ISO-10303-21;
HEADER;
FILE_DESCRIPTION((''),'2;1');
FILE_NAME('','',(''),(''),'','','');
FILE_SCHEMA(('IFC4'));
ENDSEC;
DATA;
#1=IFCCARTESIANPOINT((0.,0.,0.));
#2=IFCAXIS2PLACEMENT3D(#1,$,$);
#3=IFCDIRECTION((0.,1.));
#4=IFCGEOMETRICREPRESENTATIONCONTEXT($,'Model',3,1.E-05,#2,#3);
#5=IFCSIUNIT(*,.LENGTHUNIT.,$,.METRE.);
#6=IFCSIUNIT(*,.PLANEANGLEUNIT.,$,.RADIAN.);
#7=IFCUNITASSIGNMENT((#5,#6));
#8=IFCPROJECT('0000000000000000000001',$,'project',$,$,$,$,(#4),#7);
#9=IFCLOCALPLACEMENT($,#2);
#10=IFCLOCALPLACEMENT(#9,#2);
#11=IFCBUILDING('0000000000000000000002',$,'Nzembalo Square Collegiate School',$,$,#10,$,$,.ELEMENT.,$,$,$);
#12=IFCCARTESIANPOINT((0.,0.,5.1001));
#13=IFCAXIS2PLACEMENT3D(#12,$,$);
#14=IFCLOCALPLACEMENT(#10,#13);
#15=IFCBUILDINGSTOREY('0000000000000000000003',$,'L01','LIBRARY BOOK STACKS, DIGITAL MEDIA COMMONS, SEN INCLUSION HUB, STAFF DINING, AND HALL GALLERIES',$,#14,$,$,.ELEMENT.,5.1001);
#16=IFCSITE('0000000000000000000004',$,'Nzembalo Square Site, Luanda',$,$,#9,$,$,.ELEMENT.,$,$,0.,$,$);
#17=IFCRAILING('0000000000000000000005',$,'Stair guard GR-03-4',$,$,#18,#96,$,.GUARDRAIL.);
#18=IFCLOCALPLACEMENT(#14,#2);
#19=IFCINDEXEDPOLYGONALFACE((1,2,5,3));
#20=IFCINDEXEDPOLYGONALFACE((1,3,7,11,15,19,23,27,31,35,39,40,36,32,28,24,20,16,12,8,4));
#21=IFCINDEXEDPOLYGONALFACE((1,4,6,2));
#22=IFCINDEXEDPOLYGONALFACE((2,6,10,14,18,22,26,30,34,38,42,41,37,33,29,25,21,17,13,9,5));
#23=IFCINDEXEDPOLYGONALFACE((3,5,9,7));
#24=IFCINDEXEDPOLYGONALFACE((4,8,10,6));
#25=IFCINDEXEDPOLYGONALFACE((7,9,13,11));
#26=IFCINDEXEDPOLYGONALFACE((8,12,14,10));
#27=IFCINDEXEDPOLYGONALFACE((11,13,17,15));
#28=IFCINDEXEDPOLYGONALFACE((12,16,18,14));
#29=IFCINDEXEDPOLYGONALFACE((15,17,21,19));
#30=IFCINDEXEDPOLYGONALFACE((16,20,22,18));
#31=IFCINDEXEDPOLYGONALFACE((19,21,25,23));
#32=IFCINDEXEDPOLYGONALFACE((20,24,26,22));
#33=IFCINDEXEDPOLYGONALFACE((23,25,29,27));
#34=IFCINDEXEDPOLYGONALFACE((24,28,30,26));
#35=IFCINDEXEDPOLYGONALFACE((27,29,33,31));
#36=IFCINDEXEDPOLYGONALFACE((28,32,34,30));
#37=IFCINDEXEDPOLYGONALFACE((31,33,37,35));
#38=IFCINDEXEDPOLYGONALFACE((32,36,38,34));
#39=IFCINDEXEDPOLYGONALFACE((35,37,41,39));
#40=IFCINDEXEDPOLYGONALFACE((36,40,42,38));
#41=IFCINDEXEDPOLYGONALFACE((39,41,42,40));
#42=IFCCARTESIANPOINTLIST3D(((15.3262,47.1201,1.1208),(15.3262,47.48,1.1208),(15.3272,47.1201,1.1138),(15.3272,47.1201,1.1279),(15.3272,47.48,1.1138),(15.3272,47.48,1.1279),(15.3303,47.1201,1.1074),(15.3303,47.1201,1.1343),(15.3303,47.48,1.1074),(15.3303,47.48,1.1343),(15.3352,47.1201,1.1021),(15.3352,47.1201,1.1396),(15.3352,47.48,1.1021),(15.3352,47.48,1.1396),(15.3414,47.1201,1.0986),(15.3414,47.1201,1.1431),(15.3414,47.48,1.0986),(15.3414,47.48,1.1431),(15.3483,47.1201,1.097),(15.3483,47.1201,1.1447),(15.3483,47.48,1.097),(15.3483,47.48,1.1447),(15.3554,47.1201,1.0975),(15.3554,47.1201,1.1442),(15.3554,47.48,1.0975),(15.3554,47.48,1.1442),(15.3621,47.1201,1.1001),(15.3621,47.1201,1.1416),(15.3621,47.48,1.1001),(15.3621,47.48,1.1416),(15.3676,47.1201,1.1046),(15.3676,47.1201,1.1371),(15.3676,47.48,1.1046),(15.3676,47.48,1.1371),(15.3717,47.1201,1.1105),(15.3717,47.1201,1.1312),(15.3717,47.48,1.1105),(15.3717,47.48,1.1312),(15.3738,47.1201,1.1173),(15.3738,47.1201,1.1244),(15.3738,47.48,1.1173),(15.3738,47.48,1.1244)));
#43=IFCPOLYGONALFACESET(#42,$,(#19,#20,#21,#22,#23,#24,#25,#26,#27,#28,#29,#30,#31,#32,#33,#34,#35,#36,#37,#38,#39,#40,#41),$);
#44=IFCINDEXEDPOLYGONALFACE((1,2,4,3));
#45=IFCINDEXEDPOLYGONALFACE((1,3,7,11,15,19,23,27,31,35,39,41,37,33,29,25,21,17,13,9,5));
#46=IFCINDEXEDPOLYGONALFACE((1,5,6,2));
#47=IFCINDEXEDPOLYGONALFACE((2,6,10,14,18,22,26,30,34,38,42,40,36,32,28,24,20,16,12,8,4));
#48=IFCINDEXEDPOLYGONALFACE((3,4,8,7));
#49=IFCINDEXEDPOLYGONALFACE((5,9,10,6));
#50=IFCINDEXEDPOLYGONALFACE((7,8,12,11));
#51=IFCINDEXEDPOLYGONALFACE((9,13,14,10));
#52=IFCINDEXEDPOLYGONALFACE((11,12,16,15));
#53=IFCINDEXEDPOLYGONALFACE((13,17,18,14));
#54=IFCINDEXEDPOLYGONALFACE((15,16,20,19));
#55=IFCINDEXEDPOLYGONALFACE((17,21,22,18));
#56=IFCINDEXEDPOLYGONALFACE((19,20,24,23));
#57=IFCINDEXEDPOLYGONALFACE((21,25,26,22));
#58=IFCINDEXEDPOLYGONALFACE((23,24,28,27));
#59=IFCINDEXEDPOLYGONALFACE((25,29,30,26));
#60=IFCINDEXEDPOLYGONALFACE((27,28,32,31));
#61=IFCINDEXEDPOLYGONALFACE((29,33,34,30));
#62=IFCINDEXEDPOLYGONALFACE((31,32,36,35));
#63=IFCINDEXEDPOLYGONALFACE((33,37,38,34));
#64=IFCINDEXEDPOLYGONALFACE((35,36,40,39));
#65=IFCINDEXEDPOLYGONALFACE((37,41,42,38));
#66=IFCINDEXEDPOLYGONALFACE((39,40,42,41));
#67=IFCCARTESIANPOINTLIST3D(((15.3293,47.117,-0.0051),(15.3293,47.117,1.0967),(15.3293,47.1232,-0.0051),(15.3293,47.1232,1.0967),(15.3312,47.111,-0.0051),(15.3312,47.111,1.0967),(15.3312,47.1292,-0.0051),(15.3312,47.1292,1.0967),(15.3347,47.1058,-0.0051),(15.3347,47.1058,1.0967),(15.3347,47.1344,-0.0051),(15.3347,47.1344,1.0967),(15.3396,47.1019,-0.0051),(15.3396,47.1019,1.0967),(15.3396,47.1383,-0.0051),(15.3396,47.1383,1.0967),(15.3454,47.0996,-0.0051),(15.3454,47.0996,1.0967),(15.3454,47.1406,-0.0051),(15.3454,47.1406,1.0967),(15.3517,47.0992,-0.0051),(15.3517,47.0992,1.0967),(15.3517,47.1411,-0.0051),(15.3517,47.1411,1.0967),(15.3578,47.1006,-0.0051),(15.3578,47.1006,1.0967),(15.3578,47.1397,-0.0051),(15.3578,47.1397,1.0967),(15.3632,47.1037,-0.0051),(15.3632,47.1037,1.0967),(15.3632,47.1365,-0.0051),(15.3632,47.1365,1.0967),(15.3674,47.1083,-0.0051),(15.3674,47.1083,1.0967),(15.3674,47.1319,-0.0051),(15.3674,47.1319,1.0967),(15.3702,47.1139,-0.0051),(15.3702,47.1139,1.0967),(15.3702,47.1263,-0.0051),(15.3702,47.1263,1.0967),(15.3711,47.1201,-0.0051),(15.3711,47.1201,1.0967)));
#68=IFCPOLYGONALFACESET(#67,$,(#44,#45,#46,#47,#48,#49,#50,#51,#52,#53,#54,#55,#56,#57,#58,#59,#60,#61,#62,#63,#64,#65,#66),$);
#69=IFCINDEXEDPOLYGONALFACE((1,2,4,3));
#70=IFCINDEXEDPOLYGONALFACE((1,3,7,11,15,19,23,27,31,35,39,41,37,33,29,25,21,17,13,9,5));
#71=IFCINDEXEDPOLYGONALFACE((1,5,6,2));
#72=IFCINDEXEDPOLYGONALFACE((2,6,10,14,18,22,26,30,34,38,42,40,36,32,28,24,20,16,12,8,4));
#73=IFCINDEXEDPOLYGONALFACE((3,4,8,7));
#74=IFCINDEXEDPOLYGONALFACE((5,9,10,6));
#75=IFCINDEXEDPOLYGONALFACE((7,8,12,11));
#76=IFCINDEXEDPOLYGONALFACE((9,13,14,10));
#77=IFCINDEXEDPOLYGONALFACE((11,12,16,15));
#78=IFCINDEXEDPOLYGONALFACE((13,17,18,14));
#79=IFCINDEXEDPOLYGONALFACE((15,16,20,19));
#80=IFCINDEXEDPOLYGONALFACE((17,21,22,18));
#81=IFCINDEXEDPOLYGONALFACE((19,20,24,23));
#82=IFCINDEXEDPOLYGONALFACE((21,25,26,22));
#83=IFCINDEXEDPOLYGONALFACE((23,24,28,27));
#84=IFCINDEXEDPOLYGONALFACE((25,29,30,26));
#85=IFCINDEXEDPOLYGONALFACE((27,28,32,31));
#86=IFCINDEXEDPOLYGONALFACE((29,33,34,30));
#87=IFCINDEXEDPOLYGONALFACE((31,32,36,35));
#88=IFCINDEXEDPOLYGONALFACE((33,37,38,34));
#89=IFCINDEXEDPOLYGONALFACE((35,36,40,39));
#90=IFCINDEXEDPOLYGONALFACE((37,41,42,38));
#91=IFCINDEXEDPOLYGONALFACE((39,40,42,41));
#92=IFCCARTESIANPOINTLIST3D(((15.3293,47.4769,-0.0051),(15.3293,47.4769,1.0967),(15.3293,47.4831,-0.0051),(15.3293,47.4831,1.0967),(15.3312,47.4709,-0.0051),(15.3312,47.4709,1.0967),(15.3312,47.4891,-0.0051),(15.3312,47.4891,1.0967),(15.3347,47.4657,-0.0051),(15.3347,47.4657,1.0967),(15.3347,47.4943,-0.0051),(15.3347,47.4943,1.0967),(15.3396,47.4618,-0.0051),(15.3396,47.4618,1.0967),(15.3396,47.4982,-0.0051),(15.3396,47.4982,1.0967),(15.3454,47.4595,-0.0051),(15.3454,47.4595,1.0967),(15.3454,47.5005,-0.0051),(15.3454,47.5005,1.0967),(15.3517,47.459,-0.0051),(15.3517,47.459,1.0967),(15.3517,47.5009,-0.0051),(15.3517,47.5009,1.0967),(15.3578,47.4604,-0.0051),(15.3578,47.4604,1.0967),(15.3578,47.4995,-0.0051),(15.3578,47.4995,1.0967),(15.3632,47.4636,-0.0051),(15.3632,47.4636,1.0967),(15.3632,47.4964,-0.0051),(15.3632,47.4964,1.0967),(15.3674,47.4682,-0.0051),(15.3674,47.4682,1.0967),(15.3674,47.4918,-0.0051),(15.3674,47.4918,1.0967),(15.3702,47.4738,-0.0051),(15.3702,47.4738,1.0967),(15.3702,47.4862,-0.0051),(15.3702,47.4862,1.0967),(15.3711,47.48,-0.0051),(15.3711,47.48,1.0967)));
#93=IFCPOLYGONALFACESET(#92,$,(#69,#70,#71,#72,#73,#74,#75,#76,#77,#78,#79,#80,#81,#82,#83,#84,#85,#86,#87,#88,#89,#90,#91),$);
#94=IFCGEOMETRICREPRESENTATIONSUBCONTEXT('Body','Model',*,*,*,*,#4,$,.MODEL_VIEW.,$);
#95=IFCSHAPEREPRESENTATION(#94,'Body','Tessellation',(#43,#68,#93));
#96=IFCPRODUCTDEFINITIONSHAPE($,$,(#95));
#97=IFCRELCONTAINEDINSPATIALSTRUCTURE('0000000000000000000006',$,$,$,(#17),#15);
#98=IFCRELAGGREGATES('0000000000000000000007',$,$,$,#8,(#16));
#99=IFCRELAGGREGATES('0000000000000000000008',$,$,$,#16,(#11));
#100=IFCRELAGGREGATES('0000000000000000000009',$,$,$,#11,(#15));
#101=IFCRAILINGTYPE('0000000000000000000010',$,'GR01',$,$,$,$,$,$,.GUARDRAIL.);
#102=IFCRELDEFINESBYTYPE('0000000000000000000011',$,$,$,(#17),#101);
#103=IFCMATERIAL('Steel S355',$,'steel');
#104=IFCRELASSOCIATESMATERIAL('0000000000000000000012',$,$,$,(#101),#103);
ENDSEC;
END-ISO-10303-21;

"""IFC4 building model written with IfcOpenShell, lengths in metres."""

from ifc_helpers import new_model, si_unit, direction, frame, origin, origin_2d, place, context, subcontext, project, spatial, circle, extrude, material, type_object, element, save


model = new_model("IFC4")

# Units and contexts
model_context = context("Model", 3, precision=1e-05, world=origin(), true_north=direction((0.0, 1.0)))
body_context = subcontext(model_context, "Body", "Model", "MODEL_VIEW")
ifc_project = project(units=[si_unit("LENGTHUNIT", "METRE"), si_unit("PLANEANGLEUNIT", "RADIAN")], contexts=[model_context])

# Site, building, storey
site_placement = place(None, origin())
site = spatial("IfcSite", under=ifc_project, at=site_placement, Name="Nzembalo Square Site, Luanda", CompositionType="ELEMENT", RefElevation=0.0)
building_placement = place(site_placement, origin())
building = spatial("IfcBuilding", under=site, at=building_placement, Name="Nzembalo Square Collegiate School", CompositionType="ELEMENT")
storey_placement = place(building_placement, frame((0.0, 0.0, 5.1001)))
storey = spatial("IfcBuildingStorey", under=building, at=storey_placement, Name="L01", Description="LIBRARY BOOK STACKS, DIGITAL MEDIA COMMONS, SEN INCLUSION HUB, STAFF DINING, AND HALL GALLERIES", CompositionType="ELEMENT", Elevation=5.1001)

# Railing
ifc_material_1 = material(Name="Steel S355", Category="steel")
railing_type = type_object("IfcRailingType", Name="GR01", PredefinedType="GUARDRAIL", material=ifc_material_1)
railing_1_placement = place(storey_placement, frame((15.3501, 47.1201, -0.0051)))
element("IfcRailing", 1, at=railing_1_placement, inside=storey, type_object=railing_type, Name="Stair guard GR-03-4", PredefinedType="GUARDRAIL", context=body_context, shape_type="SweptSolid", body=[
    extrude(circle(Radius=0.0239, at=origin_2d()), frame((0.0, 0.0, 1.126), z_axis=(0.0, 1.0, 0.0), x_axis=(-1.0, 0.0, 0.0)), (0.0, 0.0, 1.0), 0.3599),
    extrude(circle(Radius=0.021, at=origin_2d()), origin(), (0.0, 0.0, 1.0), 1.1018),
    extrude(circle(Radius=0.021, at=origin_2d()), frame((0.0, 0.3599, 0.0)), (0.0, 0.0, 1.0), 1.1018),
])

save(model, "model.ifc")
